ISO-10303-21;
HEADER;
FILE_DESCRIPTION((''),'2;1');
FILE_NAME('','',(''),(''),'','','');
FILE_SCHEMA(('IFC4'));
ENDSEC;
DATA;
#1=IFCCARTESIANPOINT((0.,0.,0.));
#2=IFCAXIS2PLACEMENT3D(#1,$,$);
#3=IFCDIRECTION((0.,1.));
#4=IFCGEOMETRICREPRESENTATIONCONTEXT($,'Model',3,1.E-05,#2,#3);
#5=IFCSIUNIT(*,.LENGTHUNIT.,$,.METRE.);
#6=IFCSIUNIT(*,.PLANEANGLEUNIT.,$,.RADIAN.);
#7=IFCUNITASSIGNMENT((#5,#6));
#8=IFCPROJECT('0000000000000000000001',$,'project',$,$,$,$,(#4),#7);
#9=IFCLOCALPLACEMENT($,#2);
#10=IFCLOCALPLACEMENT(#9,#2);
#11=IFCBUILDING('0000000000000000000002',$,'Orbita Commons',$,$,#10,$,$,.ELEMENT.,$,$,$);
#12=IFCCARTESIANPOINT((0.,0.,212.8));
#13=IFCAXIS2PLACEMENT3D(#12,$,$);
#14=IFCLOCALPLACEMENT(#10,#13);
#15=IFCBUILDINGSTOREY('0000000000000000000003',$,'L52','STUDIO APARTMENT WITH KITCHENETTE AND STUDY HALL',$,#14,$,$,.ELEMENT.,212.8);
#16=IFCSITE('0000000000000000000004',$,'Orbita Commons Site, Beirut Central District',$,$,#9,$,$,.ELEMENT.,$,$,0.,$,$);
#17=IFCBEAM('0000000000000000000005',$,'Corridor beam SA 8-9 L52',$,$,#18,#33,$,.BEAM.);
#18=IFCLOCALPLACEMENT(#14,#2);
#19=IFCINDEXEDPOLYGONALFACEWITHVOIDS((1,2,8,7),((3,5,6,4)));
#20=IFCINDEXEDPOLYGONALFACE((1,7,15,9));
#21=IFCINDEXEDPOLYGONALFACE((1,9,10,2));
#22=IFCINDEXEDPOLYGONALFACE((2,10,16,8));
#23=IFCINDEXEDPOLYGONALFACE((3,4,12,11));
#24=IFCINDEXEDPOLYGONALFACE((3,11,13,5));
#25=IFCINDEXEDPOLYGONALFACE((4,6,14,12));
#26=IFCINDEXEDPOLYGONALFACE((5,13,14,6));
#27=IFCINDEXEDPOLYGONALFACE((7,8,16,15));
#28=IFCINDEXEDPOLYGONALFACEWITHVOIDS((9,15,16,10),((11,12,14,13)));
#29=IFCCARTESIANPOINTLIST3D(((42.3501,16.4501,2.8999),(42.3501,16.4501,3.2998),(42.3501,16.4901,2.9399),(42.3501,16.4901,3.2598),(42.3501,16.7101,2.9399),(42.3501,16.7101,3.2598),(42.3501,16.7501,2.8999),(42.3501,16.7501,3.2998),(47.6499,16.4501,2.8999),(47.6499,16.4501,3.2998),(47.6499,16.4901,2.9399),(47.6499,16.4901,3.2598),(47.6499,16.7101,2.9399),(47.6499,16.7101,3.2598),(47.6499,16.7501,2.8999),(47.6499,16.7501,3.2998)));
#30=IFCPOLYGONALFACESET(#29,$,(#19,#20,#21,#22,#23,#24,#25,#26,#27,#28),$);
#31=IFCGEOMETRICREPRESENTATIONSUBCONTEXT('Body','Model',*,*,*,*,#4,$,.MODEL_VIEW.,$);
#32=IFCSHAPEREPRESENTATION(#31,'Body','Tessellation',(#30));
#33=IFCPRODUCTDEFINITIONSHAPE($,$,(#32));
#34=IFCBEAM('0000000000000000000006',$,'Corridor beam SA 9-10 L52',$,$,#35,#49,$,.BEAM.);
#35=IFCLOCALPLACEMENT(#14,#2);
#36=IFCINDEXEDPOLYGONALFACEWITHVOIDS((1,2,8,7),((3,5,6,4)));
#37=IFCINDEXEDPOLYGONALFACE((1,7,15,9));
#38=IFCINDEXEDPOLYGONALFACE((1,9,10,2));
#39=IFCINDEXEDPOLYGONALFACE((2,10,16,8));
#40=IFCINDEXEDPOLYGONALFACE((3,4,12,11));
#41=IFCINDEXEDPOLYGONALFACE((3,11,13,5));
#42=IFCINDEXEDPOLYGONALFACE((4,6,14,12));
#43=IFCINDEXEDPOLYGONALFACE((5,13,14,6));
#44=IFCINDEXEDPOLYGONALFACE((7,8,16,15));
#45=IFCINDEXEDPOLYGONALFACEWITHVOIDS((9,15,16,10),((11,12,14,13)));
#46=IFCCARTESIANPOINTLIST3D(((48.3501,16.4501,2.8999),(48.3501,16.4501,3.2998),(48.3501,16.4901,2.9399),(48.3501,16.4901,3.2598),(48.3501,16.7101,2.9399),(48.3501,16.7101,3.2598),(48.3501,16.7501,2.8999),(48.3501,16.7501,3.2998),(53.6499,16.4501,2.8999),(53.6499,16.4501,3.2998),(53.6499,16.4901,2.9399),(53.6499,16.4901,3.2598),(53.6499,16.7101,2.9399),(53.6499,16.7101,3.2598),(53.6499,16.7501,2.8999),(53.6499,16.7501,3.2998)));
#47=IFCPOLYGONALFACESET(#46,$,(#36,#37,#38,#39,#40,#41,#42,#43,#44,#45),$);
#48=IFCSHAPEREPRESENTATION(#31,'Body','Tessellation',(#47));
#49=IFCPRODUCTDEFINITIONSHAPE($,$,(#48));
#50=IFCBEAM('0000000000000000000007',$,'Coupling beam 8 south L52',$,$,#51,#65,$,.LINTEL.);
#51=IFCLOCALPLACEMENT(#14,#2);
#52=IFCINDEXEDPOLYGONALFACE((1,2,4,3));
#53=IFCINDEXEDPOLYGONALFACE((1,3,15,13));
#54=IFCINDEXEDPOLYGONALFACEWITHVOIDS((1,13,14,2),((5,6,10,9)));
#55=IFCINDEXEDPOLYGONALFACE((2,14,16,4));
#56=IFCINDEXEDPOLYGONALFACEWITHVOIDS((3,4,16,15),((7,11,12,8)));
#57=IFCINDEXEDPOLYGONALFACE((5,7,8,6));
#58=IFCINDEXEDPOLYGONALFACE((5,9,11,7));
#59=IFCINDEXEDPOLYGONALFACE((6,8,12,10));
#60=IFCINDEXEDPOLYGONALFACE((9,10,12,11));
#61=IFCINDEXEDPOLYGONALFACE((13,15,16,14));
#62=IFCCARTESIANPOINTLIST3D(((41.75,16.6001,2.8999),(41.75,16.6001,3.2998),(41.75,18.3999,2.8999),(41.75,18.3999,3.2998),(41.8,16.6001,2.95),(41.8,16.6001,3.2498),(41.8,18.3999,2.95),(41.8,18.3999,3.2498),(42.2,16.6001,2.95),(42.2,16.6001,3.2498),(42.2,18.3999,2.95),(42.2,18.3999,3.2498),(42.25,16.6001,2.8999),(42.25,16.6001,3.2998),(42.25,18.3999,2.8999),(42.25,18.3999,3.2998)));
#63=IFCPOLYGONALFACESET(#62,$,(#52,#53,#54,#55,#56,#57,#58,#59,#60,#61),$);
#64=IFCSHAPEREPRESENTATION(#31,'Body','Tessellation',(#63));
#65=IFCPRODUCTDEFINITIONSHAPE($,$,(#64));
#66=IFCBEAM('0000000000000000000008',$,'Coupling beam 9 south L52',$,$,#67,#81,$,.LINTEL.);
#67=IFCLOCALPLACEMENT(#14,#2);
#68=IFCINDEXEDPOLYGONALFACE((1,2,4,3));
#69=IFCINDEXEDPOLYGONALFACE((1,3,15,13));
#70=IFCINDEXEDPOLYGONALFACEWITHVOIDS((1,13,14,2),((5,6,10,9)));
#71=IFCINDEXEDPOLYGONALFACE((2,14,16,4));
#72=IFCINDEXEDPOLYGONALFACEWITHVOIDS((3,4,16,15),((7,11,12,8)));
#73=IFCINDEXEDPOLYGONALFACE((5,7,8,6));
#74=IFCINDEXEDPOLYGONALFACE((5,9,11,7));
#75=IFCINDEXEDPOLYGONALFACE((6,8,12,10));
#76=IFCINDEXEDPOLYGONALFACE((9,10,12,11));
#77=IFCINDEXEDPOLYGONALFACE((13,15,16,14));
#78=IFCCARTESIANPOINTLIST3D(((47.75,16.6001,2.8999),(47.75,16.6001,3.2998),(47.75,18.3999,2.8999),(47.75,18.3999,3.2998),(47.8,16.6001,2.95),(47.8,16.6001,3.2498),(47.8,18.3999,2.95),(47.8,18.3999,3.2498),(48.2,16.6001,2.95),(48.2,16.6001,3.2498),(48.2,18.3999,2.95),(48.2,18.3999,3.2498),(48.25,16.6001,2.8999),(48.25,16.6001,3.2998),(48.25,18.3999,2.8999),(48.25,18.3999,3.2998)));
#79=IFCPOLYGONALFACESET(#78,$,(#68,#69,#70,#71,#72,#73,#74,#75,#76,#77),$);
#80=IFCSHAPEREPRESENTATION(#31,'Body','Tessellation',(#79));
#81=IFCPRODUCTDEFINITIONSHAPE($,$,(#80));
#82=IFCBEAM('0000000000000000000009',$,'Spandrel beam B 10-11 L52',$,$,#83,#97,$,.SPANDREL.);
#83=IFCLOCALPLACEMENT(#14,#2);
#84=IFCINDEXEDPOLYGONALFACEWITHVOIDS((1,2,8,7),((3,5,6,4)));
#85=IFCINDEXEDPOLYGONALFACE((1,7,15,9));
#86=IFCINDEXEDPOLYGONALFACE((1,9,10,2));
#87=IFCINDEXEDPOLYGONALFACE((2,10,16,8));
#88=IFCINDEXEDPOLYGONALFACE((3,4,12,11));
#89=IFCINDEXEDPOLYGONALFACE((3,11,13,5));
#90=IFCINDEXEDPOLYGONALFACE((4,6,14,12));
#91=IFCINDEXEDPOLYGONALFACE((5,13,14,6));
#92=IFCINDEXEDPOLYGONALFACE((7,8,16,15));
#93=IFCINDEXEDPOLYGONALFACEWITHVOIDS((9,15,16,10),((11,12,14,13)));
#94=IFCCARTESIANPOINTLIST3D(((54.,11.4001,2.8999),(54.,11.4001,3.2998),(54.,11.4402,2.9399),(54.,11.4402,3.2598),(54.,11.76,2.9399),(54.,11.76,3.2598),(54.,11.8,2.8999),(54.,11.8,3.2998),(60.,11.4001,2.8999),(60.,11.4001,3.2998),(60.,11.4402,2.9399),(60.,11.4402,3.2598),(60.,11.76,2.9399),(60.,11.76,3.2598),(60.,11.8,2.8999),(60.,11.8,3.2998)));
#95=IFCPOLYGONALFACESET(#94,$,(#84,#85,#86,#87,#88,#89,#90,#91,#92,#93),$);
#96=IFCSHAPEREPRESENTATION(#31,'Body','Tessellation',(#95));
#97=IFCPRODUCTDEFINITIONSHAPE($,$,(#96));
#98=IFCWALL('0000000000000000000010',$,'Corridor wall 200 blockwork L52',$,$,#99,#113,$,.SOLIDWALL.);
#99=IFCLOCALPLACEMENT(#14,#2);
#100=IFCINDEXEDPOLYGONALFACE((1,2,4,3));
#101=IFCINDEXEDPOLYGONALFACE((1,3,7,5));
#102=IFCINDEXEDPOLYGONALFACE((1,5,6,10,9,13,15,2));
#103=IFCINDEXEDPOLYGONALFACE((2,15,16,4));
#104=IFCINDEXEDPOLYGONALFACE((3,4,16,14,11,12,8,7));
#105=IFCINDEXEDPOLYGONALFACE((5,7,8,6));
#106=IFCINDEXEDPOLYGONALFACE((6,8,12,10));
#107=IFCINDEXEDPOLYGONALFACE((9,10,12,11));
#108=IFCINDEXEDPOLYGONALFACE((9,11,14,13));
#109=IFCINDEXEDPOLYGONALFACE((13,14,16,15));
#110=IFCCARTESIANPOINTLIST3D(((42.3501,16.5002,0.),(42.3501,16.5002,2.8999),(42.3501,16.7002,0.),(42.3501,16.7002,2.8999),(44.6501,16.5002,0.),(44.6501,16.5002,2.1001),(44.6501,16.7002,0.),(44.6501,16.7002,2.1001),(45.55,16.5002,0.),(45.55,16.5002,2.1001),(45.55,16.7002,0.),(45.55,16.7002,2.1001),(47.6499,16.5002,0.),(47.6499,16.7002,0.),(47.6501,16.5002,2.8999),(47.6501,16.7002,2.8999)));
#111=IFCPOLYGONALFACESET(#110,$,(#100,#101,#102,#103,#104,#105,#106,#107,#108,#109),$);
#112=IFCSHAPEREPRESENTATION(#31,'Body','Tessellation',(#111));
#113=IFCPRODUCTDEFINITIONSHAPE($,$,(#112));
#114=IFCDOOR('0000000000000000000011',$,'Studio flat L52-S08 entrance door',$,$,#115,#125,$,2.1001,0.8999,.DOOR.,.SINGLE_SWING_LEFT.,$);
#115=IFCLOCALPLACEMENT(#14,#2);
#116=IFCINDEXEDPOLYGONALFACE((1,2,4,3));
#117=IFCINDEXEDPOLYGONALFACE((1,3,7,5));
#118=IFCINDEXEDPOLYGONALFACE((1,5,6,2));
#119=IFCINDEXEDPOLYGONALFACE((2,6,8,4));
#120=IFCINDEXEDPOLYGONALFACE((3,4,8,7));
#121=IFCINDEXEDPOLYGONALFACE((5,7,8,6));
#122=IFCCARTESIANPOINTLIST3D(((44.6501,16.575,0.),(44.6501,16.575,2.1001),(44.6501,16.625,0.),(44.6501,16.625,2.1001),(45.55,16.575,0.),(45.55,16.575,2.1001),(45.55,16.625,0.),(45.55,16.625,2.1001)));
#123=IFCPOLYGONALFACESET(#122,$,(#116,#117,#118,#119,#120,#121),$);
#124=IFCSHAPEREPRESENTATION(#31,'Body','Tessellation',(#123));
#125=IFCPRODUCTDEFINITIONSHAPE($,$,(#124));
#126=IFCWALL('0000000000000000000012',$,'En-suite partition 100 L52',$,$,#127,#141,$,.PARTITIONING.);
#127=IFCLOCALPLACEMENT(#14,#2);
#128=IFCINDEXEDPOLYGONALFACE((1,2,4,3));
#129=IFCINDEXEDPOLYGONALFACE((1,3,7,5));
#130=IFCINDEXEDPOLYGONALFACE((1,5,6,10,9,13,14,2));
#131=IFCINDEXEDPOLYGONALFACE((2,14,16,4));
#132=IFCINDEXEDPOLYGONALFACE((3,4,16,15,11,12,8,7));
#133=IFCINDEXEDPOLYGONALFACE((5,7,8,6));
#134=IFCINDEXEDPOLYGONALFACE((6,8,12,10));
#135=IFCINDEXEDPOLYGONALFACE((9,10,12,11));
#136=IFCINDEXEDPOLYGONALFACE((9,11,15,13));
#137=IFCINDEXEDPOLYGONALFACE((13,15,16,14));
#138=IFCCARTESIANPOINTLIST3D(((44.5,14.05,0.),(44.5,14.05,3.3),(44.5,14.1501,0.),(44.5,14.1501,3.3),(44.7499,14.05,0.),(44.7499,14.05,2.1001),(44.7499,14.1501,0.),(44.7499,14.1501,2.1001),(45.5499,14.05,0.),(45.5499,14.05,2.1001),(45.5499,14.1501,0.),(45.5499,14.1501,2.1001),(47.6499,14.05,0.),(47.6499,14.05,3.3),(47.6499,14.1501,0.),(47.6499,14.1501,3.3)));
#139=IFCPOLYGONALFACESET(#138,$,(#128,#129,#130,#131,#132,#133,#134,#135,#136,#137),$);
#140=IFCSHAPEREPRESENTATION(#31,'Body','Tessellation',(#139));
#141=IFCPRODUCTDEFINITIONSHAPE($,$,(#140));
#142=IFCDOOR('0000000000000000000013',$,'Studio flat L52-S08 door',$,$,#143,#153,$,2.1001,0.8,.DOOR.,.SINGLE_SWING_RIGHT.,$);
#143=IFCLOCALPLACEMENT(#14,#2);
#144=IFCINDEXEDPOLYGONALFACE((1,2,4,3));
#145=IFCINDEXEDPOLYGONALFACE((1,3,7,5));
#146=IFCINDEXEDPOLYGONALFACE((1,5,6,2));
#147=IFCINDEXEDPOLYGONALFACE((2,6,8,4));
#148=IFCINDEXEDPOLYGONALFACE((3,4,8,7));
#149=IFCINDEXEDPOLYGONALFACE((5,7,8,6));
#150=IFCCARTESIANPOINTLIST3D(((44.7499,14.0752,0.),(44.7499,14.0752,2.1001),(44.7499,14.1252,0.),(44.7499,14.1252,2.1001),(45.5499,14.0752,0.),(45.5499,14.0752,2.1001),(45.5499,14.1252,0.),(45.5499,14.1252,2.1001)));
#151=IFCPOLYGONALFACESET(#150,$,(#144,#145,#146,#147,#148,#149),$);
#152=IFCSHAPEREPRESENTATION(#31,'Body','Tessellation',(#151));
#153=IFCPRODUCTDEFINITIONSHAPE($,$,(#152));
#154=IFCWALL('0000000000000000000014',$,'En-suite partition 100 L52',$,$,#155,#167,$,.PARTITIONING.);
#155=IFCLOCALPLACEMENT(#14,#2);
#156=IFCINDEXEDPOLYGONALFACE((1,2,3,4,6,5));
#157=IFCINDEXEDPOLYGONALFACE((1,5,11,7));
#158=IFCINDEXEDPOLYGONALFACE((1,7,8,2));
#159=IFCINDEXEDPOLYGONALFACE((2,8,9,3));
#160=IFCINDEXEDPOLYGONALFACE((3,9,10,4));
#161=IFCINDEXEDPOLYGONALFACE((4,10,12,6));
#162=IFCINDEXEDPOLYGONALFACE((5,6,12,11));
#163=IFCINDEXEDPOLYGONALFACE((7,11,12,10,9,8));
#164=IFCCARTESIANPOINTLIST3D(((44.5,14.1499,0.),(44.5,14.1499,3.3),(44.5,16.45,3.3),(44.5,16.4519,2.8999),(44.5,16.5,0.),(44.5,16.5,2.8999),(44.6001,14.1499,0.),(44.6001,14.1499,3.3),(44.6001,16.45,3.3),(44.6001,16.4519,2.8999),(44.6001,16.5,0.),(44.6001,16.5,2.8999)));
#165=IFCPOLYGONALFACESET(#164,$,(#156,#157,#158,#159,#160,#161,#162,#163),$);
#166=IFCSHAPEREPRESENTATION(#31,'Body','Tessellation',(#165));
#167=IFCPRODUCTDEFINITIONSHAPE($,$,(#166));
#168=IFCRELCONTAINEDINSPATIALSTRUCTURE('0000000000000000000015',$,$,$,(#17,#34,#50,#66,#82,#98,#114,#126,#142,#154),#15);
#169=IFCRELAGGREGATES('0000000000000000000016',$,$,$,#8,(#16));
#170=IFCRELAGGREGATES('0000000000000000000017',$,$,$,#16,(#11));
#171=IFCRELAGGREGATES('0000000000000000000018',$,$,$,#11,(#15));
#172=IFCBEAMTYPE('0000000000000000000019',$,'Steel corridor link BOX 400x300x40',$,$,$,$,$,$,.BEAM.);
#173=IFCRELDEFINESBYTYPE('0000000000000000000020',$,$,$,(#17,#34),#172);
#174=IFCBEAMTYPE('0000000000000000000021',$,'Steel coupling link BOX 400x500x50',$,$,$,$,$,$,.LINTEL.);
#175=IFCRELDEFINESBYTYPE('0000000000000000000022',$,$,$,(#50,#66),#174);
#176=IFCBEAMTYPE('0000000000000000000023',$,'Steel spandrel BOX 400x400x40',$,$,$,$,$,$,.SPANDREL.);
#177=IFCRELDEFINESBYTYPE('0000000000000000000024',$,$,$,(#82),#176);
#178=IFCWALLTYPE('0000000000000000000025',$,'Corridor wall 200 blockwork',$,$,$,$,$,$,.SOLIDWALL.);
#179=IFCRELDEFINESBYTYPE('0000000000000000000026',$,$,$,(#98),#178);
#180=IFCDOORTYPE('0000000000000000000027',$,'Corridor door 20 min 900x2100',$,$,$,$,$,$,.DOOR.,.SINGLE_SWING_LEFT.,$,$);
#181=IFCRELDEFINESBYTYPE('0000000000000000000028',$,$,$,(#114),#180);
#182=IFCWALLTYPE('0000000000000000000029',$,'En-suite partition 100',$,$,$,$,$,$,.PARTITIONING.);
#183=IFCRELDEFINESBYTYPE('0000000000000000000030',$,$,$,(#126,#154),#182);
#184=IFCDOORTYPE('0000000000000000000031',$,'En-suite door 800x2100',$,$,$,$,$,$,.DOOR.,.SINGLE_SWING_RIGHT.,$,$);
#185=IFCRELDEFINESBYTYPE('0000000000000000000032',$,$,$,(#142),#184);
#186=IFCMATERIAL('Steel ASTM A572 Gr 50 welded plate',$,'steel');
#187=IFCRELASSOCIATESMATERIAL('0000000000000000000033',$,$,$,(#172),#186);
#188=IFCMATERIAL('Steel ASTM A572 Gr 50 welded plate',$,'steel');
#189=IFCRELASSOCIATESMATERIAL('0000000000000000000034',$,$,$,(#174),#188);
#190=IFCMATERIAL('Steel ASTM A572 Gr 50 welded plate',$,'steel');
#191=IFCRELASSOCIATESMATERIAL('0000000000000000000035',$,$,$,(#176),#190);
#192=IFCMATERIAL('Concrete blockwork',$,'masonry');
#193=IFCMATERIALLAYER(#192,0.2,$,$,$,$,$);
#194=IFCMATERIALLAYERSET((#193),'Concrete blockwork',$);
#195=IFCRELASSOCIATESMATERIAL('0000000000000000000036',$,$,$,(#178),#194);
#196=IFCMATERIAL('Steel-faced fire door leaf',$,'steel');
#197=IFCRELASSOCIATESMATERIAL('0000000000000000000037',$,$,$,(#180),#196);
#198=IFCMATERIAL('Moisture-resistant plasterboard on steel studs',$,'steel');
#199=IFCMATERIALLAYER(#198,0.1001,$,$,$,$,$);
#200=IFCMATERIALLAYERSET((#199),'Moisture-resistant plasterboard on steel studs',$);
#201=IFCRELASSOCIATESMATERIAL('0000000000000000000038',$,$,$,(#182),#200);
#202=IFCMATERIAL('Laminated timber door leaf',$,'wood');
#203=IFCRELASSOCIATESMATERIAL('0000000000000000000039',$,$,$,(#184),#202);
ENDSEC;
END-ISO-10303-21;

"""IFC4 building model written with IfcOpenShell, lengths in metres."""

from ifc_helpers import new_model, si_unit, direction, frame, frame_2d, origin, origin_2d, place, context, subcontext, project, spatial, polyline, rectangle, hollow_rectangle, outline, extrude, material, layer, layer_set, material_profile, profile_set, type_object, element, fill, save


model = new_model("IFC4")

# Units and contexts
model_context = context("Model", 3, precision=1e-05, world=origin(), true_north=direction((0.0, 1.0)))
body_context = subcontext(model_context, "Body", "Model", "MODEL_VIEW")
ifc_project = project(units=[si_unit("LENGTHUNIT", "METRE"), si_unit("PLANEANGLEUNIT", "RADIAN")], contexts=[model_context])

# Site, building, storey
site_placement = place(None, origin())
site = spatial("IfcSite", under=ifc_project, at=site_placement, Name="Orbita Commons Site, Beirut Central District", CompositionType="ELEMENT", RefElevation=0.0)
building_placement = place(site_placement, origin())
building = spatial("IfcBuilding", under=site, at=building_placement, Name="Orbita Commons", CompositionType="ELEMENT")
storey_placement = place(building_placement, frame((0.0, 0.0, 212.8)))
storey = spatial("IfcBuildingStorey", under=building, at=storey_placement, Name="L52", Description="STUDIO APARTMENT WITH KITCHENETTE AND STUDY HALL", CompositionType="ELEMENT", Elevation=212.8)

# Beams
ifc_material_1 = material(Name="Steel ASTM A572 Gr 50 welded plate", Category="steel")
ifc_material_profile_1 = material_profile(ifc_material_1, hollow_rectangle(XDim=0.3, YDim=0.3999, WallThickness=0.04, at=origin_2d()), Name="BOX 400x300x40")
ifc_profile_set_1 = profile_set([ifc_material_profile_1], Name="Steel ASTM A572 Gr 50 welded plate")
beam_type_1 = type_object("IfcBeamType", Name="Steel corridor link BOX 400x300x40", PredefinedType="BEAM", material=ifc_profile_set_1)
for number, where, z_axis, x_axis, name in (
    (1, (42.3501, 16.6001, 3.0999), (1.0, 0.0, 0.0), (0.0, 1.0, 0.0), "Corridor beam SA 8-9 L52"),
    (2, (48.3501, 16.6001, 3.0999), (1.0, 0.0, 0.0), (0.0, 1.0, 0.0), "Corridor beam SA 9-10 L52"),
):
    element("IfcBeam", number, at=place(storey_placement, frame(where, z_axis=z_axis, x_axis=x_axis)), inside=storey, type_object=beam_type_1, Name=name, PredefinedType="BEAM", context=body_context, shape_type="SweptSolid", body=[
        extrude(hollow_rectangle(XDim=0.3, YDim=0.3999, WallThickness=0.04, at=origin_2d()), origin(), (0.0, 0.0, 1.0), 5.2998),
    ])
ifc_material_2 = material(Name="Steel ASTM A572 Gr 50 welded plate", Category="steel")
ifc_material_profile_2 = material_profile(ifc_material_2, hollow_rectangle(XDim=0.5, YDim=0.3999, WallThickness=0.05, at=origin_2d()), Name="BOX 400x500x50")
ifc_profile_set_2 = profile_set([ifc_material_profile_2], Name="Steel ASTM A572 Gr 50 welded plate")
beam_type_2 = type_object("IfcBeamType", Name="Steel coupling link BOX 400x500x50", PredefinedType="LINTEL", material=ifc_profile_set_2)
for number, where, z_axis, x_axis, name in (
    (3, (42.0, 16.6001, 3.0999), (0.0, 1.0, 0.0), (-1.0, 0.0, 0.0), "Coupling beam 8 south L52"),
    (4, (48.0, 16.6001, 3.0999), (0.0, 1.0, 0.0), (-1.0, 0.0, 0.0), "Coupling beam 9 south L52"),
):
    element("IfcBeam", number, at=place(storey_placement, frame(where, z_axis=z_axis, x_axis=x_axis)), inside=storey, type_object=beam_type_2, Name=name, PredefinedType="LINTEL", context=body_context, shape_type="SweptSolid", body=[
        extrude(hollow_rectangle(XDim=0.5, YDim=0.3999, WallThickness=0.05, at=origin_2d()), origin(), (0.0, 0.0, 1.0), 1.7998),
    ])
ifc_material_3 = material(Name="Steel ASTM A572 Gr 50 welded plate", Category="steel")
ifc_material_profile_3 = material_profile(ifc_material_3, hollow_rectangle(XDim=0.3999, YDim=0.3999, WallThickness=0.04, at=origin_2d()), Name="BOX 400x400x40")
ifc_profile_set_3 = profile_set([ifc_material_profile_3], Name="Steel ASTM A572 Gr 50 welded plate")
beam_type_3 = type_object("IfcBeamType", Name="Steel spandrel BOX 400x400x40", PredefinedType="SPANDREL", material=ifc_profile_set_3)
beam_placement = place(storey_placement, frame((54.0, 11.6001, 3.0999), z_axis=(1.0, 0.0, 0.0), x_axis=(0.0, 1.0, 0.0)))
element("IfcBeam", 5, at=beam_placement, inside=storey, type_object=beam_type_3, Name="Spandrel beam B 10-11 L52", PredefinedType="SPANDREL", context=body_context, shape_type="SweptSolid", body=[
    extrude(hollow_rectangle(XDim=0.3999, YDim=0.3999, WallThickness=0.04, at=origin_2d()), origin(), (0.0, 0.0, 1.0), 6.0),
])

# Walls, openings, doors
ifc_material_4 = material(Name="Concrete blockwork", Category="masonry")
ifc_layer_1 = layer(ifc_material_4, 0.2)
ifc_layer_set_1 = layer_set([ifc_layer_1], Name="Concrete blockwork")
wall_type_1 = type_object("IfcWallType", Name="Corridor wall 200 blockwork", PredefinedType="SOLIDWALL", material=ifc_layer_set_1)
wall_1_placement = place(storey_placement, frame((42.3501, 16.6001, 0.0), z_axis=(0.0, 0.0, 1.0), x_axis=(1.0, 0.0, 0.0)))
wall_1 = element("IfcWall", 6, at=wall_1_placement, inside=storey, type_object=wall_type_1, Name="Corridor wall 200 blockwork L52", PredefinedType="SOLIDWALL", context=body_context, shape_type="SweptSolid", body=[
    extrude(outline(polyline([(0.0, 0.0), (5.2998, 0.0), (5.3, 2.8999), (0.0, 2.8999), (0.0, 0.0)])), frame((0.0, 0.1001, 0.0), z_axis=(0.0, -1.0, 0.0), x_axis=(1.0, 0.0, 0.0)), (0.0, 0.0, 1.0), 0.2),
])
opening_1_placement = place(wall_1_placement, frame((2.3, 0.0, 0.0)))
opening_1 = element("IfcOpeningElement", 7, at=opening_1_placement, cuts=wall_1, PredefinedType="OPENING", context=body_context, shape_type="SweptSolid", body=[
    extrude(rectangle(XDim=0.8999, YDim=2.1001, at=frame_2d((0.45, 1.05))), frame((0.0, 0.1099, 0.0), z_axis=(0.0, -1.0, 0.0), x_axis=(1.0, 0.0, 0.0)), (0.0, 0.0, 1.0), 0.22),
])
ifc_material_5 = material(Name="Steel-faced fire door leaf", Category="steel")
door_type_1 = type_object("IfcDoorType", Name="Corridor door 20 min 900x2100", OperationType="SINGLE_SWING_LEFT", PredefinedType="DOOR", material=ifc_material_5)
door_1_placement = place(opening_1_placement, origin())
door_1 = element("IfcDoor", 8, at=door_1_placement, inside=storey, type_object=door_type_1, Name="Studio flat L52-S08 entrance door", OperationType="SINGLE_SWING_LEFT", OverallHeight=2.1001, OverallWidth=0.8999, PredefinedType="DOOR", context=body_context, shape_type="SweptSolid", body=[
    extrude(rectangle(XDim=0.8999, YDim=2.1001, at=frame_2d((0.45, 1.05))), frame((0.0, 0.0249, 0.0), z_axis=(0.0, -1.0, 0.0), x_axis=(1.0, 0.0, 0.0)), (0.0, 0.0, 1.0), 0.05),
])
fill(opening_1, door_1)
ifc_material_6 = material(Name="Moisture-resistant plasterboard on steel studs", Category="steel")
ifc_layer_2 = layer(ifc_material_6, 0.1001)
ifc_layer_set_2 = layer_set([ifc_layer_2], Name="Moisture-resistant plasterboard on steel studs")
wall_type_2 = type_object("IfcWallType", Name="En-suite partition 100", PredefinedType="PARTITIONING", material=ifc_layer_set_2)
wall_2_placement = place(storey_placement, frame((47.6499, 14.1001, 0.0), z_axis=(0.0, 0.0, 1.0), x_axis=(-1.0, 0.0, 0.0)))
wall_2 = element("IfcWall", 9, at=wall_2_placement, inside=storey, type_object=wall_type_2, Name="En-suite partition 100 L52", PredefinedType="PARTITIONING", context=body_context, shape_type="SweptSolid", body=[
    extrude(rectangle(XDim=3.1499, YDim=0.1001, at=frame_2d((1.575, 0.0))), origin(), (0.0, 0.0, 1.0), 3.3),
])
opening_2_placement = place(wall_2_placement, frame((2.1001, 0.0, 0.0)))
opening_2 = element("IfcOpeningElement", 10, at=opening_2_placement, cuts=wall_2, PredefinedType="OPENING", context=body_context, shape_type="SweptSolid", body=[
    extrude(rectangle(XDim=0.8, YDim=2.1001, at=frame_2d((0.3999, 1.05))), frame((0.0, 0.0601, 0.0), z_axis=(0.0, -1.0, 0.0), x_axis=(1.0, 0.0, 0.0)), (0.0, 0.0, 1.0), 0.1201),
])
ifc_material_7 = material(Name="Laminated timber door leaf", Category="wood")
door_type_2 = type_object("IfcDoorType", Name="En-suite door 800x2100", OperationType="SINGLE_SWING_RIGHT", PredefinedType="DOOR", material=ifc_material_7)
door_2_placement = place(opening_2_placement, origin())
door_2 = element("IfcDoor", 11, at=door_2_placement, inside=storey, type_object=door_type_2, Name="Studio flat L52-S08 door", OperationType="SINGLE_SWING_RIGHT", OverallHeight=2.1001, OverallWidth=0.8, PredefinedType="DOOR", context=body_context, shape_type="SweptSolid", body=[
    extrude(rectangle(XDim=0.8, YDim=2.1001, at=frame_2d((0.3999, 1.05))), frame((0.0, 0.0249, 0.0), z_axis=(0.0, -1.0, 0.0), x_axis=(1.0, 0.0, 0.0)), (0.0, 0.0, 1.0), 0.05),
])
fill(opening_2, door_2)

# Wall
wall_3_placement = place(storey_placement, frame((44.55, 14.1499, 0.0), z_axis=(0.0, 0.0, 1.0), x_axis=(0.0, 1.0, 0.0)))
element("IfcWall", 12, at=wall_3_placement, inside=storey, type_object=wall_type_2, Name="En-suite partition 100 L52", PredefinedType="PARTITIONING", context=body_context, shape_type="SweptSolid", body=[
    extrude(outline(polyline([(0.0, 0.0), (2.3501, 0.0), (2.3501, 2.8999), (2.302, 2.8999), (2.3, 3.3), (0.0, 3.3), (0.0, 0.0)])), frame((0.0, 0.05, 0.0), z_axis=(0.0, -1.0, 0.0), x_axis=(1.0, 0.0, 0.0)), (0.0, 0.0, 1.0), 0.1001),
])

save(model, "model.ifc")
